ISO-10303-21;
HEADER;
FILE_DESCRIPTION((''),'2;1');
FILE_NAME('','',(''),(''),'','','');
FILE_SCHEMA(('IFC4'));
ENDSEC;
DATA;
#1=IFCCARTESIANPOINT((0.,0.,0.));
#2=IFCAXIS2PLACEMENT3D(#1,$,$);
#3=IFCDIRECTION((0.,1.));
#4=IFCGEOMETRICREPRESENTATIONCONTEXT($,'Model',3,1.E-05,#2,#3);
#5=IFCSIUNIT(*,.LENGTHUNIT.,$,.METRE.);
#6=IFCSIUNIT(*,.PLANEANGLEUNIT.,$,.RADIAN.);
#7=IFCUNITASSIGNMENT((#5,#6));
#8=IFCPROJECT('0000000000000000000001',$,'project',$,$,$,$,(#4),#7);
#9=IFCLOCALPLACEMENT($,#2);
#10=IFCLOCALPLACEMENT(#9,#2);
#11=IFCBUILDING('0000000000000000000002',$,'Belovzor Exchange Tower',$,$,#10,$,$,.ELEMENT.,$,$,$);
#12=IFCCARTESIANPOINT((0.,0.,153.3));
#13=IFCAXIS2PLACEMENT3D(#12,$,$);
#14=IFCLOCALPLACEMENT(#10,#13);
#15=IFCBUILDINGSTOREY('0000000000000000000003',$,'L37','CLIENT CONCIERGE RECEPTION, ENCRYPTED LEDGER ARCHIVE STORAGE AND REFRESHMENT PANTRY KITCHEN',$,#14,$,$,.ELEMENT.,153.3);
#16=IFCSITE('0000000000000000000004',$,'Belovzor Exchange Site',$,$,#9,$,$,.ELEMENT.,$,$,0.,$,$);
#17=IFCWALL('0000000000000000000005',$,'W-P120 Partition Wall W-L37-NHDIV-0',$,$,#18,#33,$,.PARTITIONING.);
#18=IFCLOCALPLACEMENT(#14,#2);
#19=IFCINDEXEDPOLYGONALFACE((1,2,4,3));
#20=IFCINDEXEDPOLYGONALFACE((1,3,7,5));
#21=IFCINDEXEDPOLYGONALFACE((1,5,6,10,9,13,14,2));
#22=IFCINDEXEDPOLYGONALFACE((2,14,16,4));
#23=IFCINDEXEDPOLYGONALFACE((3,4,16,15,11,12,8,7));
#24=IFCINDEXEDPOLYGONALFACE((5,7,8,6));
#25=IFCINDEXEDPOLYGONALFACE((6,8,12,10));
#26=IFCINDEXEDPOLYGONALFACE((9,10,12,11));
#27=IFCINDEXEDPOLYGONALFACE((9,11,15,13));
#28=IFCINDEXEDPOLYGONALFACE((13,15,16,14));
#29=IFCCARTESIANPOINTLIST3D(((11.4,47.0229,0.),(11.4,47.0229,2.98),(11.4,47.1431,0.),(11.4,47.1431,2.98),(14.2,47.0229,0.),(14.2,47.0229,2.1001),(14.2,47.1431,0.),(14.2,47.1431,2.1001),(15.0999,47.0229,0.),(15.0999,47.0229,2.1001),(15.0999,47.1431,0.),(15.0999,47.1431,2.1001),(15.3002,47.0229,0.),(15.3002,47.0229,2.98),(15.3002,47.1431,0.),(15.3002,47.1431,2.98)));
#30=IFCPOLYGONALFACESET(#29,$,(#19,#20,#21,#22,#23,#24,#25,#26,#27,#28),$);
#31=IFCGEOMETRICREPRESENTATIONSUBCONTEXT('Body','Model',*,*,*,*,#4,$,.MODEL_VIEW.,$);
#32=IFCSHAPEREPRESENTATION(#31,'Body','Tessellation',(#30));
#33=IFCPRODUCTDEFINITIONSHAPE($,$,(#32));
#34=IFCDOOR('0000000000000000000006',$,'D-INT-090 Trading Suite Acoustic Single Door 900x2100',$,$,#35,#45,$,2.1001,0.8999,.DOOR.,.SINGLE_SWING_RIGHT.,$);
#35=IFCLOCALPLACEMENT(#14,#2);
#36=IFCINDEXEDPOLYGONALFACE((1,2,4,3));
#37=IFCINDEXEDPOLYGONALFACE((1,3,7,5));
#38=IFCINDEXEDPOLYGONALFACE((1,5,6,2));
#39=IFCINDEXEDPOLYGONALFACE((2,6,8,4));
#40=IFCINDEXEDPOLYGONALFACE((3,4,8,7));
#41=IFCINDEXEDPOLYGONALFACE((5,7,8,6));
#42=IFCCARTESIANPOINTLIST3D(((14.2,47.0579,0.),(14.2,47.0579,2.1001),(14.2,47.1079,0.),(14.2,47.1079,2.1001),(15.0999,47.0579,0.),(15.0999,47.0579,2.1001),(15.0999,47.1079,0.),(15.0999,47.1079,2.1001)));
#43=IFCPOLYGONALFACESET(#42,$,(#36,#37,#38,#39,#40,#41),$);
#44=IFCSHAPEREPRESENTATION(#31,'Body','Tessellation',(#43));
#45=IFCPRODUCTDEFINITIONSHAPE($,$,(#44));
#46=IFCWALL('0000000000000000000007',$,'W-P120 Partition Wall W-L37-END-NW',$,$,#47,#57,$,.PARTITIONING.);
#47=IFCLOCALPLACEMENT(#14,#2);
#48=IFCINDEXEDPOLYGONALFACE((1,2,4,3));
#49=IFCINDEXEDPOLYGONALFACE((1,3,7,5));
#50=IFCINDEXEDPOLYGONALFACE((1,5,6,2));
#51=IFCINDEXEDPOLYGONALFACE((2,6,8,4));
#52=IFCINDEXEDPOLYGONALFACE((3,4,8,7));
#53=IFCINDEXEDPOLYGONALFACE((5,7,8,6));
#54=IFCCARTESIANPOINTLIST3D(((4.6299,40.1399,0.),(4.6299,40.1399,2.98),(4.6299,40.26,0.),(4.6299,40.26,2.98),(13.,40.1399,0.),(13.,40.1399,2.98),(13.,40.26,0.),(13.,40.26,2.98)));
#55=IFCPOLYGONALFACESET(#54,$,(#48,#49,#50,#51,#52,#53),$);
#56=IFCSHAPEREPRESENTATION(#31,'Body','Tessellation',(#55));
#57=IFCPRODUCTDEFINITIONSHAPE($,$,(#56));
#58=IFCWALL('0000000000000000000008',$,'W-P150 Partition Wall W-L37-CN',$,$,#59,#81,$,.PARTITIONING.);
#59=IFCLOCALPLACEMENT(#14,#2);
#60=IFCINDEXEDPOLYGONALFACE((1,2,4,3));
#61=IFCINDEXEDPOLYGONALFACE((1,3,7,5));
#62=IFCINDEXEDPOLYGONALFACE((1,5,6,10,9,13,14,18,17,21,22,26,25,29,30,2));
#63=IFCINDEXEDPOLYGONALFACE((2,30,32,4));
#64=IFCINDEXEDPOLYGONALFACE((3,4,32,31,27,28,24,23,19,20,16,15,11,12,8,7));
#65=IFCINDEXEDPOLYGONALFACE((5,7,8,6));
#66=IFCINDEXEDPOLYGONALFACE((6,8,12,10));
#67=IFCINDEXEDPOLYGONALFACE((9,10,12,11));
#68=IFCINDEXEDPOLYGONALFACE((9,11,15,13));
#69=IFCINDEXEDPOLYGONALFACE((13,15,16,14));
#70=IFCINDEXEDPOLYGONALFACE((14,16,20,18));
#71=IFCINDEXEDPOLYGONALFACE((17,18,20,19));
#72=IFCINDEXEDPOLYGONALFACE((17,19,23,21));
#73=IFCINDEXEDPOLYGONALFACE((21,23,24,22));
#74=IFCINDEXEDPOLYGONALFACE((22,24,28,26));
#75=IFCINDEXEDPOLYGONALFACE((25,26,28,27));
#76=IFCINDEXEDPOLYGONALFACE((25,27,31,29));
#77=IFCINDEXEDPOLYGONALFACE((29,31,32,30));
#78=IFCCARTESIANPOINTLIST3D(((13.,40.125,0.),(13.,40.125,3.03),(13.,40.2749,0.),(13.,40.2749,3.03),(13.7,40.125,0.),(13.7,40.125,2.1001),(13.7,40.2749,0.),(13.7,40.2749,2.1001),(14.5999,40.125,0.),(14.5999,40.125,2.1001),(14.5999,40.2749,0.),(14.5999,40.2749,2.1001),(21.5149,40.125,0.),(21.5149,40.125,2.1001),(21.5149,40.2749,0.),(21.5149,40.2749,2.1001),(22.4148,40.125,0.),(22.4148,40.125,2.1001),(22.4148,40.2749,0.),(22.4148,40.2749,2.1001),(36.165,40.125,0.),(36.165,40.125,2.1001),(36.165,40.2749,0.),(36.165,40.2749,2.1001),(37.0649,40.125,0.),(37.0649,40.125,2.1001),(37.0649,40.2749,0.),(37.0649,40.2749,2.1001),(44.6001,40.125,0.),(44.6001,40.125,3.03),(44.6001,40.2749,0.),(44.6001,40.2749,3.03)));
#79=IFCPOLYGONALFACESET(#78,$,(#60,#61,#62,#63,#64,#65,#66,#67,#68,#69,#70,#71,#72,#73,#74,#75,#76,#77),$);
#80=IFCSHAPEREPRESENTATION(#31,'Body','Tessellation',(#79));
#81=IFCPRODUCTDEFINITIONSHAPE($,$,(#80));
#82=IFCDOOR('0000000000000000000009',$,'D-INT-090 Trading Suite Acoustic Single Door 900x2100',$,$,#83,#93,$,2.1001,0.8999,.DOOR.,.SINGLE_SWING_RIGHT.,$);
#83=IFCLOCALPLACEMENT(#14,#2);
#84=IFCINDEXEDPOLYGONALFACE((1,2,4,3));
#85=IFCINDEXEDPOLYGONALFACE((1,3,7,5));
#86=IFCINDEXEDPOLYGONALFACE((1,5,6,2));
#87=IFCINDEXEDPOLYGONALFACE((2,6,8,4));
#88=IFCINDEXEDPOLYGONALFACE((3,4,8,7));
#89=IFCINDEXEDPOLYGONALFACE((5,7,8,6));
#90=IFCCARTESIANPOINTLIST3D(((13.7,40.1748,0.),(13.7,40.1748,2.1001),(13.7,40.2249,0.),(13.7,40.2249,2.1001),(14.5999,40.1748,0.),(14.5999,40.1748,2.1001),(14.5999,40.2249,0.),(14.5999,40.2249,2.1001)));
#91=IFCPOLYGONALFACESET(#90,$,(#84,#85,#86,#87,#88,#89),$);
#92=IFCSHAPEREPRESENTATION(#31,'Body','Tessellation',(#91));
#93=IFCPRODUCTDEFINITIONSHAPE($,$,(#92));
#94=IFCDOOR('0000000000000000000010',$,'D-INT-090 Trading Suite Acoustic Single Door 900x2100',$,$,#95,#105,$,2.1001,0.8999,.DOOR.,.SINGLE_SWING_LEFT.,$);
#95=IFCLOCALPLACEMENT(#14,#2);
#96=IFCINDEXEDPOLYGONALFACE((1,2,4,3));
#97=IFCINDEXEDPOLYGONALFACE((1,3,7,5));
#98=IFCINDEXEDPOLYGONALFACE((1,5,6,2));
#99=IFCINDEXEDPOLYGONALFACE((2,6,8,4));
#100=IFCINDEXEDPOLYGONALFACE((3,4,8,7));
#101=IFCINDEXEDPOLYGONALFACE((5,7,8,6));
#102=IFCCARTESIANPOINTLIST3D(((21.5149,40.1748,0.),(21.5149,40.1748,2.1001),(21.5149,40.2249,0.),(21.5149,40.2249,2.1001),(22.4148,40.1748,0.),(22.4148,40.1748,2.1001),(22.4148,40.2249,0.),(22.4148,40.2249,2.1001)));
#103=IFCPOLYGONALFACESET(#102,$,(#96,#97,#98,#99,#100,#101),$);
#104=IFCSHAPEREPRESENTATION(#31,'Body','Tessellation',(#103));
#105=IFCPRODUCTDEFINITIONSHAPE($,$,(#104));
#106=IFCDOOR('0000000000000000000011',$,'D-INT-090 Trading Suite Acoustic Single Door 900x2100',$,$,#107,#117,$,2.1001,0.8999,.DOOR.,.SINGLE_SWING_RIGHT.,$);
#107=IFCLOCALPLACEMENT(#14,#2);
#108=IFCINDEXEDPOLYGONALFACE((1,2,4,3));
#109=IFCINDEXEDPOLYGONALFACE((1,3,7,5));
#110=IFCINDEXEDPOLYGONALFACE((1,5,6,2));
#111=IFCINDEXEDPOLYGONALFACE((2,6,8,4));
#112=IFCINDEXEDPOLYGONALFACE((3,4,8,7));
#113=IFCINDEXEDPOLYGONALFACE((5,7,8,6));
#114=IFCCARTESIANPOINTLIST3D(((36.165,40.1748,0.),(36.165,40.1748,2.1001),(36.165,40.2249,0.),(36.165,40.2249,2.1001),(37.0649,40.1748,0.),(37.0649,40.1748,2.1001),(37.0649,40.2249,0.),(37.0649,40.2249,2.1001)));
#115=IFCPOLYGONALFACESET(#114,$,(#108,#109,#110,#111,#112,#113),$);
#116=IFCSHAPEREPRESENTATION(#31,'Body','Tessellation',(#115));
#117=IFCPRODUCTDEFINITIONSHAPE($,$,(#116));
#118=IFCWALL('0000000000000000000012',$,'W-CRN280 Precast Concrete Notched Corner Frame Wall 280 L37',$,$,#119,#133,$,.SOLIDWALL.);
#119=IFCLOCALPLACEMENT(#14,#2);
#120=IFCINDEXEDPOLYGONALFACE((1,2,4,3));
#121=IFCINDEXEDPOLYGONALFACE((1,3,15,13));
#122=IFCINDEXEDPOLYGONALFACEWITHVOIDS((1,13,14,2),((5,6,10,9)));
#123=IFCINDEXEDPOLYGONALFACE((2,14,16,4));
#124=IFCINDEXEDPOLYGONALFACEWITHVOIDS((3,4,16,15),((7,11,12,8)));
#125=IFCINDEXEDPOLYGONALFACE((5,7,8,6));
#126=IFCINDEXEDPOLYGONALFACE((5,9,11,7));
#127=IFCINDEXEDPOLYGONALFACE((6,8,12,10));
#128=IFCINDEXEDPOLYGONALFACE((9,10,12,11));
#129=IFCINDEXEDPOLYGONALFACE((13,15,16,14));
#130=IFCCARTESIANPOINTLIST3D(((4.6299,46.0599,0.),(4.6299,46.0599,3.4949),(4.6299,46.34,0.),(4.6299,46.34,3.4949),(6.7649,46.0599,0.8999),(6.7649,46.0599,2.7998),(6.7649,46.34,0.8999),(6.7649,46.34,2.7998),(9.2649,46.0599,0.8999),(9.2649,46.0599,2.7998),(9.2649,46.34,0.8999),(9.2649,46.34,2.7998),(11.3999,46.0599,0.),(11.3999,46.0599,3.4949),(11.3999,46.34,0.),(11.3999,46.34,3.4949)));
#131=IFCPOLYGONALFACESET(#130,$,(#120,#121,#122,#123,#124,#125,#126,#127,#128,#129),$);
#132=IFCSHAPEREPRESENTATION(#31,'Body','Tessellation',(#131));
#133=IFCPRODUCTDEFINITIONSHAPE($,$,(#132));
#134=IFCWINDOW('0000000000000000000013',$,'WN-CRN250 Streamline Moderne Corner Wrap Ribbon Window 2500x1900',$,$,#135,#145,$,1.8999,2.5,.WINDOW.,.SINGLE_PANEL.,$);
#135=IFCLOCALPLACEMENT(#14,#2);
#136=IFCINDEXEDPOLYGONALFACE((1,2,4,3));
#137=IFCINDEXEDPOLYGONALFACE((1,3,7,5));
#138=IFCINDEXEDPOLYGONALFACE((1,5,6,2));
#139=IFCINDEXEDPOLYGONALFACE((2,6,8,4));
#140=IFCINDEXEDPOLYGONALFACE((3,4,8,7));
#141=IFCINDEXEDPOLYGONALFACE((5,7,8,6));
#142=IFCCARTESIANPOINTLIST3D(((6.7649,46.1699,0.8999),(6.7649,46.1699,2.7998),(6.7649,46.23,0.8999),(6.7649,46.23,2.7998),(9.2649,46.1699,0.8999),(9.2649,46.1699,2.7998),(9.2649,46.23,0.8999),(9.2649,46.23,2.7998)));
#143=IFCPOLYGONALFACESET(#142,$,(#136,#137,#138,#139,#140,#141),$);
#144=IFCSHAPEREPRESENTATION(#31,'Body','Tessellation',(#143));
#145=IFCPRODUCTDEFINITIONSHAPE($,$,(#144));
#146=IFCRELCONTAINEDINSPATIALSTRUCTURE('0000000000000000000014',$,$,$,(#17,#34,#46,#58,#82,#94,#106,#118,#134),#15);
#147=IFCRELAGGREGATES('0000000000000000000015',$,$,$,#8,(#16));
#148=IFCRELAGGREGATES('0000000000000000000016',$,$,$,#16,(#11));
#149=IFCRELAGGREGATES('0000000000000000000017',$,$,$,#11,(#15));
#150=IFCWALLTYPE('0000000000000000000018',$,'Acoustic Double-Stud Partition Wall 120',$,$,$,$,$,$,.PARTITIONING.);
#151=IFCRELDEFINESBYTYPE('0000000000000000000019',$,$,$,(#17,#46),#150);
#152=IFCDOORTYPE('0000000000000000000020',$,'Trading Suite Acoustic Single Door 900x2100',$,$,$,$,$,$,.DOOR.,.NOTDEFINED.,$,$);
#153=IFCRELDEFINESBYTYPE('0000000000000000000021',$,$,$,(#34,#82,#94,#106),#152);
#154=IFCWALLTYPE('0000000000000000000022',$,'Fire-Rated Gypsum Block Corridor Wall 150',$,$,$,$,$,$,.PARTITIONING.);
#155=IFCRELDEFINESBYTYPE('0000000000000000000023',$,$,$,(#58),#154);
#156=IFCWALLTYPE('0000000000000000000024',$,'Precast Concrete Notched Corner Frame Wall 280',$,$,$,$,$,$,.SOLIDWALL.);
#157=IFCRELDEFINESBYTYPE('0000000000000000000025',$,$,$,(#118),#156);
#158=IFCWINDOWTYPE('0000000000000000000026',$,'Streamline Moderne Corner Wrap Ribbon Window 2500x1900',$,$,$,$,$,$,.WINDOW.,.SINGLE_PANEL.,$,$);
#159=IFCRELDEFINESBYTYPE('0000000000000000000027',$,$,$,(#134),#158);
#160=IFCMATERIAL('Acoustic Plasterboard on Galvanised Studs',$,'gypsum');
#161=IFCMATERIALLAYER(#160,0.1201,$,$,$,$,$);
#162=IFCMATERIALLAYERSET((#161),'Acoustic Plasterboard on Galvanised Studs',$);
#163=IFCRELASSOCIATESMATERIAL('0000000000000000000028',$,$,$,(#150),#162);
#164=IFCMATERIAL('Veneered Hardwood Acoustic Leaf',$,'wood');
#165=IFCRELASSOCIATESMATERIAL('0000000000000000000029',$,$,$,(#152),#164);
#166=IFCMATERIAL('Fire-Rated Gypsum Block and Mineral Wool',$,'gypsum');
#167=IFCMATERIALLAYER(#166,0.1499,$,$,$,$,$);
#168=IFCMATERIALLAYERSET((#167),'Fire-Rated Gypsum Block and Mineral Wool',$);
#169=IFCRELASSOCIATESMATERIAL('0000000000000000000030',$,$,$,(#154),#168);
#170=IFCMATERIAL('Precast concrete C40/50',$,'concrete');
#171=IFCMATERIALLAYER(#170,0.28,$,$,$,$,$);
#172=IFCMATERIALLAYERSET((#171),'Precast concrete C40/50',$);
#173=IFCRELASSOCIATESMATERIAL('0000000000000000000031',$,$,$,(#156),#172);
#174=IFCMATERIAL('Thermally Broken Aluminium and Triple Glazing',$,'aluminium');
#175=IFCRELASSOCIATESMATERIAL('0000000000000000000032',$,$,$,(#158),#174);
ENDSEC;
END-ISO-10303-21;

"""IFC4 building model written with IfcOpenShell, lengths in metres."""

from ifc_helpers import new_model, si_unit, direction, frame, frame_2d, origin, place, context, subcontext, project, spatial, rectangle, extrude, material, layer, layer_set, type_object, element, fill, save


model = new_model("IFC4")

# Units and contexts
model_context = context("Model", 3, precision=1e-05, world=origin(), true_north=direction((0.0, 1.0)))
body_context = subcontext(model_context, "Body", "Model", "MODEL_VIEW")
ifc_project = project(units=[si_unit("LENGTHUNIT", "METRE"), si_unit("PLANEANGLEUNIT", "RADIAN")], contexts=[model_context])

# Site, building, storey
site_placement = place(None, origin())
site = spatial("IfcSite", under=ifc_project, at=site_placement, Name="Belovzor Exchange Site", CompositionType="ELEMENT", RefElevation=0.0)
building_placement = place(site_placement, origin())
building = spatial("IfcBuilding", under=site, at=building_placement, Name="Belovzor Exchange Tower", CompositionType="ELEMENT")
storey_placement = place(building_placement, frame((0.0, 0.0, 153.3)))
storey = spatial("IfcBuildingStorey", under=building, at=storey_placement, Name="L37", Description="CLIENT CONCIERGE RECEPTION, ENCRYPTED LEDGER ARCHIVE STORAGE AND REFRESHMENT PANTRY KITCHEN", CompositionType="ELEMENT", Elevation=153.3)

# Wall, opening, door
ifc_material_1 = material(Name="Acoustic Plasterboard on Galvanised Studs", Category="gypsum")
ifc_layer_1 = layer(ifc_material_1, 0.1201)
ifc_layer_set_1 = layer_set([ifc_layer_1], Name="Acoustic Plasterboard on Galvanised Studs")
wall_type_1 = type_object("IfcWallType", Name="Acoustic Double-Stud Partition Wall 120", PredefinedType="PARTITIONING", material=ifc_layer_set_1)
wall_1_placement = place(storey_placement, frame((11.3999, 47.083, 0.0), z_axis=(0.0, 0.0, 1.0), x_axis=(1.0, 0.0, 0.0)))
wall_1 = element("IfcWall", 1, at=wall_1_placement, inside=storey, type_object=wall_type_1, Name="W-P120 Partition Wall W-L37-NHDIV-0", PredefinedType="PARTITIONING", context=body_context, shape_type="SweptSolid", body=[
    extrude(rectangle(XDim=3.9001, YDim=0.1201, at=frame_2d((1.9502, 0.0))), origin(), (0.0, 0.0, 1.0), 2.98),
])
opening_1_placement = place(wall_1_placement, frame((2.8, 0.0, 0.0)))
opening_1 = element("IfcOpeningElement", 2, at=opening_1_placement, cuts=wall_1, PredefinedType="OPENING", context=body_context, shape_type="SweptSolid", body=[
    extrude(rectangle(XDim=0.8999, YDim=2.1001, at=frame_2d((0.45, 1.05))), frame((0.0, 0.0701, 0.0), z_axis=(0.0, -1.0, 0.0), x_axis=(1.0, 0.0, 0.0)), (0.0, 0.0, 1.0), 0.1401),
])
ifc_material_2 = material(Name="Veneered Hardwood Acoustic Leaf", Category="wood")
door_type_1 = type_object("IfcDoorType", Name="Trading Suite Acoustic Single Door 900x2100", OperationType="NOTDEFINED", PredefinedType="DOOR", material=ifc_material_2)
door_1_placement = place(opening_1_placement, origin())
door_1 = element("IfcDoor", 3, at=door_1_placement, inside=storey, type_object=door_type_1, Name="D-INT-090 Trading Suite Acoustic Single Door 900x2100", OperationType="SINGLE_SWING_RIGHT", OverallHeight=2.1001, OverallWidth=0.8999, PredefinedType="DOOR", context=body_context, shape_type="SweptSolid", body=[
    extrude(rectangle(XDim=0.8999, YDim=2.1001, at=frame_2d((0.45, 1.05))), frame((0.0, 0.0249, 0.0), z_axis=(0.0, -1.0, 0.0), x_axis=(1.0, 0.0, 0.0)), (0.0, 0.0, 1.0), 0.05),
])
fill(opening_1, door_1)

# Wall
wall_2_placement = place(storey_placement, frame((4.6299, 40.2, 0.0), z_axis=(0.0, 0.0, 1.0), x_axis=(1.0, 0.0, 0.0)))
element("IfcWall", 4, at=wall_2_placement, inside=storey, type_object=wall_type_1, Name="W-P120 Partition Wall W-L37-END-NW", PredefinedType="PARTITIONING", context=body_context, shape_type="SweptSolid", body=[
    extrude(rectangle(XDim=8.3701, YDim=0.1201, at=frame_2d((4.1851, 0.0))), origin(), (0.0, 0.0, 1.0), 2.98),
])

# Wall, openings, doors
ifc_material_3 = material(Name="Fire-Rated Gypsum Block and Mineral Wool", Category="gypsum")
ifc_layer_2 = layer(ifc_material_3, 0.1499)
ifc_layer_set_2 = layer_set([ifc_layer_2], Name="Fire-Rated Gypsum Block and Mineral Wool")
wall_type_2 = type_object("IfcWallType", Name="Fire-Rated Gypsum Block Corridor Wall 150", PredefinedType="PARTITIONING", material=ifc_layer_set_2)
wall_3_placement = place(storey_placement, frame((13.0, 40.2, 0.0), z_axis=(0.0, 0.0, 1.0), x_axis=(1.0, 0.0, 0.0)))
wall_3 = element("IfcWall", 5, at=wall_3_placement, inside=storey, type_object=wall_type_2, Name="W-P150 Partition Wall W-L37-CN", PredefinedType="PARTITIONING", context=body_context, shape_type="SweptSolid", body=[
    extrude(rectangle(XDim=31.6001, YDim=0.1499, at=frame_2d((15.8, 0.0))), origin(), (0.0, 0.0, 1.0), 3.03),
])
opening_2_placement = place(wall_3_placement, frame((0.7, 0.0, 0.0)))
opening_2 = element("IfcOpeningElement", 6, at=opening_2_placement, cuts=wall_3, PredefinedType="OPENING", context=body_context, shape_type="SweptSolid", body=[
    extrude(rectangle(XDim=0.8999, YDim=2.1001, at=frame_2d((0.45, 1.05))), frame((0.0, 0.085, 0.0), z_axis=(0.0, -1.0, 0.0), x_axis=(1.0, 0.0, 0.0)), (0.0, 0.0, 1.0), 0.1699),
])
opening_3_placement = place(wall_3_placement, frame((8.5149, 0.0, 0.0)))
opening_3 = element("IfcOpeningElement", 7, at=opening_3_placement, cuts=wall_3, PredefinedType="OPENING", context=body_context, shape_type="SweptSolid", body=[
    extrude(rectangle(XDim=0.8999, YDim=2.1001, at=frame_2d((0.45, 1.05))), frame((0.0, 0.085, 0.0), z_axis=(0.0, -1.0, 0.0), x_axis=(1.0, 0.0, 0.0)), (0.0, 0.0, 1.0), 0.1699),
])
opening_4_placement = place(wall_3_placement, frame((23.165, 0.0, 0.0)))
opening_4 = element("IfcOpeningElement", 8, at=opening_4_placement, cuts=wall_3, PredefinedType="OPENING", context=body_context, shape_type="SweptSolid", body=[
    extrude(rectangle(XDim=0.8999, YDim=2.1001, at=frame_2d((0.45, 1.05))), frame((0.0, 0.085, 0.0), z_axis=(0.0, -1.0, 0.0), x_axis=(1.0, 0.0, 0.0)), (0.0, 0.0, 1.0), 0.1699),
])
door_2_placement = place(opening_2_placement, origin())
door_2 = element("IfcDoor", 9, at=door_2_placement, inside=storey, type_object=door_type_1, Name="D-INT-090 Trading Suite Acoustic Single Door 900x2100", OperationType="SINGLE_SWING_RIGHT", OverallHeight=2.1001, OverallWidth=0.8999, PredefinedType="DOOR", context=body_context, shape_type="SweptSolid", body=[
    extrude(rectangle(XDim=0.8999, YDim=2.1001, at=frame_2d((0.45, 1.05))), frame((0.0, 0.0249, 0.0), z_axis=(0.0, -1.0, 0.0), x_axis=(1.0, 0.0, 0.0)), (0.0, 0.0, 1.0), 0.05),
])
fill(opening_2, door_2)
door_3_placement = place(opening_3_placement, origin())
door_3 = element("IfcDoor", 10, at=door_3_placement, inside=storey, type_object=door_type_1, Name="D-INT-090 Trading Suite Acoustic Single Door 900x2100", OperationType="SINGLE_SWING_LEFT", OverallHeight=2.1001, OverallWidth=0.8999, PredefinedType="DOOR", context=body_context, shape_type="SweptSolid", body=[
    extrude(rectangle(XDim=0.8999, YDim=2.1001, at=frame_2d((0.45, 1.05))), frame((0.0, 0.0249, 0.0), z_axis=(0.0, -1.0, 0.0), x_axis=(1.0, 0.0, 0.0)), (0.0, 0.0, 1.0), 0.05),
])
fill(opening_3, door_3)
door_4_placement = place(opening_4_placement, origin())
door_4 = element("IfcDoor", 11, at=door_4_placement, inside=storey, type_object=door_type_1, Name="D-INT-090 Trading Suite Acoustic Single Door 900x2100", OperationType="SINGLE_SWING_RIGHT", OverallHeight=2.1001, OverallWidth=0.8999, PredefinedType="DOOR", context=body_context, shape_type="SweptSolid", body=[
    extrude(rectangle(XDim=0.8999, YDim=2.1001, at=frame_2d((0.45, 1.05))), frame((0.0, 0.0249, 0.0), z_axis=(0.0, -1.0, 0.0), x_axis=(1.0, 0.0, 0.0)), (0.0, 0.0, 1.0), 0.05),
])
fill(opening_4, door_4)

# Wall, opening, window
ifc_material_4 = material(Name="Precast concrete C40/50", Category="concrete")
ifc_layer_3 = layer(ifc_material_4, 0.28)
ifc_layer_set_3 = layer_set([ifc_layer_3], Name="Precast concrete C40/50")
wall_type_3 = type_object("IfcWallType", Name="Precast Concrete Notched Corner Frame Wall 280", PredefinedType="SOLIDWALL", material=ifc_layer_set_3)
wall_4_placement = place(storey_placement, frame((4.6299, 46.2, 0.0), z_axis=(0.0, 0.0, 1.0), x_axis=(1.0, 0.0, 0.0)))
wall_4 = element("IfcWall", 12, at=wall_4_placement, inside=storey, type_object=wall_type_3, Name="W-CRN280 Precast Concrete Notched Corner Frame Wall 280 L37", PredefinedType="SOLIDWALL", context=body_context, shape_type="SweptSolid", body=[
    extrude(rectangle(XDim=6.77, YDim=0.28, at=frame_2d((3.385, 0.0))), origin(), (0.0, 0.0, 1.0), 3.4949),
])
opening_5_placement = place(wall_4_placement, frame((2.135, 0.0, 0.8999)))
opening_5 = element("IfcOpeningElement", 13, at=opening_5_placement, cuts=wall_4, PredefinedType="OPENING", context=body_context, shape_type="SweptSolid", body=[
    extrude(rectangle(XDim=2.5, YDim=1.8999, at=frame_2d((1.25, 0.95))), frame((0.0, 0.1499, 0.0), z_axis=(0.0, -1.0, 0.0), x_axis=(1.0, 0.0, 0.0)), (0.0, 0.0, 1.0), 0.3),
])
ifc_material_5 = material(Name="Thermally Broken Aluminium and Triple Glazing", Category="aluminium")
window_type = type_object("IfcWindowType", Name="Streamline Moderne Corner Wrap Ribbon Window 2500x1900", PartitioningType="SINGLE_PANEL", PredefinedType="WINDOW", material=ifc_material_5)
window_1_placement = place(opening_5_placement, origin())
window_1 = element("IfcWindow", 14, at=window_1_placement, inside=storey, type_object=window_type, Name="WN-CRN250 Streamline Moderne Corner Wrap Ribbon Window 2500x1900", OverallHeight=1.8999, OverallWidth=2.5, PartitioningType="SINGLE_PANEL", PredefinedType="WINDOW", context=body_context, shape_type="SweptSolid", body=[
    extrude(rectangle(XDim=2.5, YDim=1.8999, at=frame_2d((1.25, 0.95))), frame((0.0, 0.03, 0.0), z_axis=(0.0, -1.0, 0.0), x_axis=(1.0, 0.0, 0.0)), (0.0, 0.0, 1.0), 0.0601),
])
fill(opening_5, window_1)

save(model, "model.ifc")
